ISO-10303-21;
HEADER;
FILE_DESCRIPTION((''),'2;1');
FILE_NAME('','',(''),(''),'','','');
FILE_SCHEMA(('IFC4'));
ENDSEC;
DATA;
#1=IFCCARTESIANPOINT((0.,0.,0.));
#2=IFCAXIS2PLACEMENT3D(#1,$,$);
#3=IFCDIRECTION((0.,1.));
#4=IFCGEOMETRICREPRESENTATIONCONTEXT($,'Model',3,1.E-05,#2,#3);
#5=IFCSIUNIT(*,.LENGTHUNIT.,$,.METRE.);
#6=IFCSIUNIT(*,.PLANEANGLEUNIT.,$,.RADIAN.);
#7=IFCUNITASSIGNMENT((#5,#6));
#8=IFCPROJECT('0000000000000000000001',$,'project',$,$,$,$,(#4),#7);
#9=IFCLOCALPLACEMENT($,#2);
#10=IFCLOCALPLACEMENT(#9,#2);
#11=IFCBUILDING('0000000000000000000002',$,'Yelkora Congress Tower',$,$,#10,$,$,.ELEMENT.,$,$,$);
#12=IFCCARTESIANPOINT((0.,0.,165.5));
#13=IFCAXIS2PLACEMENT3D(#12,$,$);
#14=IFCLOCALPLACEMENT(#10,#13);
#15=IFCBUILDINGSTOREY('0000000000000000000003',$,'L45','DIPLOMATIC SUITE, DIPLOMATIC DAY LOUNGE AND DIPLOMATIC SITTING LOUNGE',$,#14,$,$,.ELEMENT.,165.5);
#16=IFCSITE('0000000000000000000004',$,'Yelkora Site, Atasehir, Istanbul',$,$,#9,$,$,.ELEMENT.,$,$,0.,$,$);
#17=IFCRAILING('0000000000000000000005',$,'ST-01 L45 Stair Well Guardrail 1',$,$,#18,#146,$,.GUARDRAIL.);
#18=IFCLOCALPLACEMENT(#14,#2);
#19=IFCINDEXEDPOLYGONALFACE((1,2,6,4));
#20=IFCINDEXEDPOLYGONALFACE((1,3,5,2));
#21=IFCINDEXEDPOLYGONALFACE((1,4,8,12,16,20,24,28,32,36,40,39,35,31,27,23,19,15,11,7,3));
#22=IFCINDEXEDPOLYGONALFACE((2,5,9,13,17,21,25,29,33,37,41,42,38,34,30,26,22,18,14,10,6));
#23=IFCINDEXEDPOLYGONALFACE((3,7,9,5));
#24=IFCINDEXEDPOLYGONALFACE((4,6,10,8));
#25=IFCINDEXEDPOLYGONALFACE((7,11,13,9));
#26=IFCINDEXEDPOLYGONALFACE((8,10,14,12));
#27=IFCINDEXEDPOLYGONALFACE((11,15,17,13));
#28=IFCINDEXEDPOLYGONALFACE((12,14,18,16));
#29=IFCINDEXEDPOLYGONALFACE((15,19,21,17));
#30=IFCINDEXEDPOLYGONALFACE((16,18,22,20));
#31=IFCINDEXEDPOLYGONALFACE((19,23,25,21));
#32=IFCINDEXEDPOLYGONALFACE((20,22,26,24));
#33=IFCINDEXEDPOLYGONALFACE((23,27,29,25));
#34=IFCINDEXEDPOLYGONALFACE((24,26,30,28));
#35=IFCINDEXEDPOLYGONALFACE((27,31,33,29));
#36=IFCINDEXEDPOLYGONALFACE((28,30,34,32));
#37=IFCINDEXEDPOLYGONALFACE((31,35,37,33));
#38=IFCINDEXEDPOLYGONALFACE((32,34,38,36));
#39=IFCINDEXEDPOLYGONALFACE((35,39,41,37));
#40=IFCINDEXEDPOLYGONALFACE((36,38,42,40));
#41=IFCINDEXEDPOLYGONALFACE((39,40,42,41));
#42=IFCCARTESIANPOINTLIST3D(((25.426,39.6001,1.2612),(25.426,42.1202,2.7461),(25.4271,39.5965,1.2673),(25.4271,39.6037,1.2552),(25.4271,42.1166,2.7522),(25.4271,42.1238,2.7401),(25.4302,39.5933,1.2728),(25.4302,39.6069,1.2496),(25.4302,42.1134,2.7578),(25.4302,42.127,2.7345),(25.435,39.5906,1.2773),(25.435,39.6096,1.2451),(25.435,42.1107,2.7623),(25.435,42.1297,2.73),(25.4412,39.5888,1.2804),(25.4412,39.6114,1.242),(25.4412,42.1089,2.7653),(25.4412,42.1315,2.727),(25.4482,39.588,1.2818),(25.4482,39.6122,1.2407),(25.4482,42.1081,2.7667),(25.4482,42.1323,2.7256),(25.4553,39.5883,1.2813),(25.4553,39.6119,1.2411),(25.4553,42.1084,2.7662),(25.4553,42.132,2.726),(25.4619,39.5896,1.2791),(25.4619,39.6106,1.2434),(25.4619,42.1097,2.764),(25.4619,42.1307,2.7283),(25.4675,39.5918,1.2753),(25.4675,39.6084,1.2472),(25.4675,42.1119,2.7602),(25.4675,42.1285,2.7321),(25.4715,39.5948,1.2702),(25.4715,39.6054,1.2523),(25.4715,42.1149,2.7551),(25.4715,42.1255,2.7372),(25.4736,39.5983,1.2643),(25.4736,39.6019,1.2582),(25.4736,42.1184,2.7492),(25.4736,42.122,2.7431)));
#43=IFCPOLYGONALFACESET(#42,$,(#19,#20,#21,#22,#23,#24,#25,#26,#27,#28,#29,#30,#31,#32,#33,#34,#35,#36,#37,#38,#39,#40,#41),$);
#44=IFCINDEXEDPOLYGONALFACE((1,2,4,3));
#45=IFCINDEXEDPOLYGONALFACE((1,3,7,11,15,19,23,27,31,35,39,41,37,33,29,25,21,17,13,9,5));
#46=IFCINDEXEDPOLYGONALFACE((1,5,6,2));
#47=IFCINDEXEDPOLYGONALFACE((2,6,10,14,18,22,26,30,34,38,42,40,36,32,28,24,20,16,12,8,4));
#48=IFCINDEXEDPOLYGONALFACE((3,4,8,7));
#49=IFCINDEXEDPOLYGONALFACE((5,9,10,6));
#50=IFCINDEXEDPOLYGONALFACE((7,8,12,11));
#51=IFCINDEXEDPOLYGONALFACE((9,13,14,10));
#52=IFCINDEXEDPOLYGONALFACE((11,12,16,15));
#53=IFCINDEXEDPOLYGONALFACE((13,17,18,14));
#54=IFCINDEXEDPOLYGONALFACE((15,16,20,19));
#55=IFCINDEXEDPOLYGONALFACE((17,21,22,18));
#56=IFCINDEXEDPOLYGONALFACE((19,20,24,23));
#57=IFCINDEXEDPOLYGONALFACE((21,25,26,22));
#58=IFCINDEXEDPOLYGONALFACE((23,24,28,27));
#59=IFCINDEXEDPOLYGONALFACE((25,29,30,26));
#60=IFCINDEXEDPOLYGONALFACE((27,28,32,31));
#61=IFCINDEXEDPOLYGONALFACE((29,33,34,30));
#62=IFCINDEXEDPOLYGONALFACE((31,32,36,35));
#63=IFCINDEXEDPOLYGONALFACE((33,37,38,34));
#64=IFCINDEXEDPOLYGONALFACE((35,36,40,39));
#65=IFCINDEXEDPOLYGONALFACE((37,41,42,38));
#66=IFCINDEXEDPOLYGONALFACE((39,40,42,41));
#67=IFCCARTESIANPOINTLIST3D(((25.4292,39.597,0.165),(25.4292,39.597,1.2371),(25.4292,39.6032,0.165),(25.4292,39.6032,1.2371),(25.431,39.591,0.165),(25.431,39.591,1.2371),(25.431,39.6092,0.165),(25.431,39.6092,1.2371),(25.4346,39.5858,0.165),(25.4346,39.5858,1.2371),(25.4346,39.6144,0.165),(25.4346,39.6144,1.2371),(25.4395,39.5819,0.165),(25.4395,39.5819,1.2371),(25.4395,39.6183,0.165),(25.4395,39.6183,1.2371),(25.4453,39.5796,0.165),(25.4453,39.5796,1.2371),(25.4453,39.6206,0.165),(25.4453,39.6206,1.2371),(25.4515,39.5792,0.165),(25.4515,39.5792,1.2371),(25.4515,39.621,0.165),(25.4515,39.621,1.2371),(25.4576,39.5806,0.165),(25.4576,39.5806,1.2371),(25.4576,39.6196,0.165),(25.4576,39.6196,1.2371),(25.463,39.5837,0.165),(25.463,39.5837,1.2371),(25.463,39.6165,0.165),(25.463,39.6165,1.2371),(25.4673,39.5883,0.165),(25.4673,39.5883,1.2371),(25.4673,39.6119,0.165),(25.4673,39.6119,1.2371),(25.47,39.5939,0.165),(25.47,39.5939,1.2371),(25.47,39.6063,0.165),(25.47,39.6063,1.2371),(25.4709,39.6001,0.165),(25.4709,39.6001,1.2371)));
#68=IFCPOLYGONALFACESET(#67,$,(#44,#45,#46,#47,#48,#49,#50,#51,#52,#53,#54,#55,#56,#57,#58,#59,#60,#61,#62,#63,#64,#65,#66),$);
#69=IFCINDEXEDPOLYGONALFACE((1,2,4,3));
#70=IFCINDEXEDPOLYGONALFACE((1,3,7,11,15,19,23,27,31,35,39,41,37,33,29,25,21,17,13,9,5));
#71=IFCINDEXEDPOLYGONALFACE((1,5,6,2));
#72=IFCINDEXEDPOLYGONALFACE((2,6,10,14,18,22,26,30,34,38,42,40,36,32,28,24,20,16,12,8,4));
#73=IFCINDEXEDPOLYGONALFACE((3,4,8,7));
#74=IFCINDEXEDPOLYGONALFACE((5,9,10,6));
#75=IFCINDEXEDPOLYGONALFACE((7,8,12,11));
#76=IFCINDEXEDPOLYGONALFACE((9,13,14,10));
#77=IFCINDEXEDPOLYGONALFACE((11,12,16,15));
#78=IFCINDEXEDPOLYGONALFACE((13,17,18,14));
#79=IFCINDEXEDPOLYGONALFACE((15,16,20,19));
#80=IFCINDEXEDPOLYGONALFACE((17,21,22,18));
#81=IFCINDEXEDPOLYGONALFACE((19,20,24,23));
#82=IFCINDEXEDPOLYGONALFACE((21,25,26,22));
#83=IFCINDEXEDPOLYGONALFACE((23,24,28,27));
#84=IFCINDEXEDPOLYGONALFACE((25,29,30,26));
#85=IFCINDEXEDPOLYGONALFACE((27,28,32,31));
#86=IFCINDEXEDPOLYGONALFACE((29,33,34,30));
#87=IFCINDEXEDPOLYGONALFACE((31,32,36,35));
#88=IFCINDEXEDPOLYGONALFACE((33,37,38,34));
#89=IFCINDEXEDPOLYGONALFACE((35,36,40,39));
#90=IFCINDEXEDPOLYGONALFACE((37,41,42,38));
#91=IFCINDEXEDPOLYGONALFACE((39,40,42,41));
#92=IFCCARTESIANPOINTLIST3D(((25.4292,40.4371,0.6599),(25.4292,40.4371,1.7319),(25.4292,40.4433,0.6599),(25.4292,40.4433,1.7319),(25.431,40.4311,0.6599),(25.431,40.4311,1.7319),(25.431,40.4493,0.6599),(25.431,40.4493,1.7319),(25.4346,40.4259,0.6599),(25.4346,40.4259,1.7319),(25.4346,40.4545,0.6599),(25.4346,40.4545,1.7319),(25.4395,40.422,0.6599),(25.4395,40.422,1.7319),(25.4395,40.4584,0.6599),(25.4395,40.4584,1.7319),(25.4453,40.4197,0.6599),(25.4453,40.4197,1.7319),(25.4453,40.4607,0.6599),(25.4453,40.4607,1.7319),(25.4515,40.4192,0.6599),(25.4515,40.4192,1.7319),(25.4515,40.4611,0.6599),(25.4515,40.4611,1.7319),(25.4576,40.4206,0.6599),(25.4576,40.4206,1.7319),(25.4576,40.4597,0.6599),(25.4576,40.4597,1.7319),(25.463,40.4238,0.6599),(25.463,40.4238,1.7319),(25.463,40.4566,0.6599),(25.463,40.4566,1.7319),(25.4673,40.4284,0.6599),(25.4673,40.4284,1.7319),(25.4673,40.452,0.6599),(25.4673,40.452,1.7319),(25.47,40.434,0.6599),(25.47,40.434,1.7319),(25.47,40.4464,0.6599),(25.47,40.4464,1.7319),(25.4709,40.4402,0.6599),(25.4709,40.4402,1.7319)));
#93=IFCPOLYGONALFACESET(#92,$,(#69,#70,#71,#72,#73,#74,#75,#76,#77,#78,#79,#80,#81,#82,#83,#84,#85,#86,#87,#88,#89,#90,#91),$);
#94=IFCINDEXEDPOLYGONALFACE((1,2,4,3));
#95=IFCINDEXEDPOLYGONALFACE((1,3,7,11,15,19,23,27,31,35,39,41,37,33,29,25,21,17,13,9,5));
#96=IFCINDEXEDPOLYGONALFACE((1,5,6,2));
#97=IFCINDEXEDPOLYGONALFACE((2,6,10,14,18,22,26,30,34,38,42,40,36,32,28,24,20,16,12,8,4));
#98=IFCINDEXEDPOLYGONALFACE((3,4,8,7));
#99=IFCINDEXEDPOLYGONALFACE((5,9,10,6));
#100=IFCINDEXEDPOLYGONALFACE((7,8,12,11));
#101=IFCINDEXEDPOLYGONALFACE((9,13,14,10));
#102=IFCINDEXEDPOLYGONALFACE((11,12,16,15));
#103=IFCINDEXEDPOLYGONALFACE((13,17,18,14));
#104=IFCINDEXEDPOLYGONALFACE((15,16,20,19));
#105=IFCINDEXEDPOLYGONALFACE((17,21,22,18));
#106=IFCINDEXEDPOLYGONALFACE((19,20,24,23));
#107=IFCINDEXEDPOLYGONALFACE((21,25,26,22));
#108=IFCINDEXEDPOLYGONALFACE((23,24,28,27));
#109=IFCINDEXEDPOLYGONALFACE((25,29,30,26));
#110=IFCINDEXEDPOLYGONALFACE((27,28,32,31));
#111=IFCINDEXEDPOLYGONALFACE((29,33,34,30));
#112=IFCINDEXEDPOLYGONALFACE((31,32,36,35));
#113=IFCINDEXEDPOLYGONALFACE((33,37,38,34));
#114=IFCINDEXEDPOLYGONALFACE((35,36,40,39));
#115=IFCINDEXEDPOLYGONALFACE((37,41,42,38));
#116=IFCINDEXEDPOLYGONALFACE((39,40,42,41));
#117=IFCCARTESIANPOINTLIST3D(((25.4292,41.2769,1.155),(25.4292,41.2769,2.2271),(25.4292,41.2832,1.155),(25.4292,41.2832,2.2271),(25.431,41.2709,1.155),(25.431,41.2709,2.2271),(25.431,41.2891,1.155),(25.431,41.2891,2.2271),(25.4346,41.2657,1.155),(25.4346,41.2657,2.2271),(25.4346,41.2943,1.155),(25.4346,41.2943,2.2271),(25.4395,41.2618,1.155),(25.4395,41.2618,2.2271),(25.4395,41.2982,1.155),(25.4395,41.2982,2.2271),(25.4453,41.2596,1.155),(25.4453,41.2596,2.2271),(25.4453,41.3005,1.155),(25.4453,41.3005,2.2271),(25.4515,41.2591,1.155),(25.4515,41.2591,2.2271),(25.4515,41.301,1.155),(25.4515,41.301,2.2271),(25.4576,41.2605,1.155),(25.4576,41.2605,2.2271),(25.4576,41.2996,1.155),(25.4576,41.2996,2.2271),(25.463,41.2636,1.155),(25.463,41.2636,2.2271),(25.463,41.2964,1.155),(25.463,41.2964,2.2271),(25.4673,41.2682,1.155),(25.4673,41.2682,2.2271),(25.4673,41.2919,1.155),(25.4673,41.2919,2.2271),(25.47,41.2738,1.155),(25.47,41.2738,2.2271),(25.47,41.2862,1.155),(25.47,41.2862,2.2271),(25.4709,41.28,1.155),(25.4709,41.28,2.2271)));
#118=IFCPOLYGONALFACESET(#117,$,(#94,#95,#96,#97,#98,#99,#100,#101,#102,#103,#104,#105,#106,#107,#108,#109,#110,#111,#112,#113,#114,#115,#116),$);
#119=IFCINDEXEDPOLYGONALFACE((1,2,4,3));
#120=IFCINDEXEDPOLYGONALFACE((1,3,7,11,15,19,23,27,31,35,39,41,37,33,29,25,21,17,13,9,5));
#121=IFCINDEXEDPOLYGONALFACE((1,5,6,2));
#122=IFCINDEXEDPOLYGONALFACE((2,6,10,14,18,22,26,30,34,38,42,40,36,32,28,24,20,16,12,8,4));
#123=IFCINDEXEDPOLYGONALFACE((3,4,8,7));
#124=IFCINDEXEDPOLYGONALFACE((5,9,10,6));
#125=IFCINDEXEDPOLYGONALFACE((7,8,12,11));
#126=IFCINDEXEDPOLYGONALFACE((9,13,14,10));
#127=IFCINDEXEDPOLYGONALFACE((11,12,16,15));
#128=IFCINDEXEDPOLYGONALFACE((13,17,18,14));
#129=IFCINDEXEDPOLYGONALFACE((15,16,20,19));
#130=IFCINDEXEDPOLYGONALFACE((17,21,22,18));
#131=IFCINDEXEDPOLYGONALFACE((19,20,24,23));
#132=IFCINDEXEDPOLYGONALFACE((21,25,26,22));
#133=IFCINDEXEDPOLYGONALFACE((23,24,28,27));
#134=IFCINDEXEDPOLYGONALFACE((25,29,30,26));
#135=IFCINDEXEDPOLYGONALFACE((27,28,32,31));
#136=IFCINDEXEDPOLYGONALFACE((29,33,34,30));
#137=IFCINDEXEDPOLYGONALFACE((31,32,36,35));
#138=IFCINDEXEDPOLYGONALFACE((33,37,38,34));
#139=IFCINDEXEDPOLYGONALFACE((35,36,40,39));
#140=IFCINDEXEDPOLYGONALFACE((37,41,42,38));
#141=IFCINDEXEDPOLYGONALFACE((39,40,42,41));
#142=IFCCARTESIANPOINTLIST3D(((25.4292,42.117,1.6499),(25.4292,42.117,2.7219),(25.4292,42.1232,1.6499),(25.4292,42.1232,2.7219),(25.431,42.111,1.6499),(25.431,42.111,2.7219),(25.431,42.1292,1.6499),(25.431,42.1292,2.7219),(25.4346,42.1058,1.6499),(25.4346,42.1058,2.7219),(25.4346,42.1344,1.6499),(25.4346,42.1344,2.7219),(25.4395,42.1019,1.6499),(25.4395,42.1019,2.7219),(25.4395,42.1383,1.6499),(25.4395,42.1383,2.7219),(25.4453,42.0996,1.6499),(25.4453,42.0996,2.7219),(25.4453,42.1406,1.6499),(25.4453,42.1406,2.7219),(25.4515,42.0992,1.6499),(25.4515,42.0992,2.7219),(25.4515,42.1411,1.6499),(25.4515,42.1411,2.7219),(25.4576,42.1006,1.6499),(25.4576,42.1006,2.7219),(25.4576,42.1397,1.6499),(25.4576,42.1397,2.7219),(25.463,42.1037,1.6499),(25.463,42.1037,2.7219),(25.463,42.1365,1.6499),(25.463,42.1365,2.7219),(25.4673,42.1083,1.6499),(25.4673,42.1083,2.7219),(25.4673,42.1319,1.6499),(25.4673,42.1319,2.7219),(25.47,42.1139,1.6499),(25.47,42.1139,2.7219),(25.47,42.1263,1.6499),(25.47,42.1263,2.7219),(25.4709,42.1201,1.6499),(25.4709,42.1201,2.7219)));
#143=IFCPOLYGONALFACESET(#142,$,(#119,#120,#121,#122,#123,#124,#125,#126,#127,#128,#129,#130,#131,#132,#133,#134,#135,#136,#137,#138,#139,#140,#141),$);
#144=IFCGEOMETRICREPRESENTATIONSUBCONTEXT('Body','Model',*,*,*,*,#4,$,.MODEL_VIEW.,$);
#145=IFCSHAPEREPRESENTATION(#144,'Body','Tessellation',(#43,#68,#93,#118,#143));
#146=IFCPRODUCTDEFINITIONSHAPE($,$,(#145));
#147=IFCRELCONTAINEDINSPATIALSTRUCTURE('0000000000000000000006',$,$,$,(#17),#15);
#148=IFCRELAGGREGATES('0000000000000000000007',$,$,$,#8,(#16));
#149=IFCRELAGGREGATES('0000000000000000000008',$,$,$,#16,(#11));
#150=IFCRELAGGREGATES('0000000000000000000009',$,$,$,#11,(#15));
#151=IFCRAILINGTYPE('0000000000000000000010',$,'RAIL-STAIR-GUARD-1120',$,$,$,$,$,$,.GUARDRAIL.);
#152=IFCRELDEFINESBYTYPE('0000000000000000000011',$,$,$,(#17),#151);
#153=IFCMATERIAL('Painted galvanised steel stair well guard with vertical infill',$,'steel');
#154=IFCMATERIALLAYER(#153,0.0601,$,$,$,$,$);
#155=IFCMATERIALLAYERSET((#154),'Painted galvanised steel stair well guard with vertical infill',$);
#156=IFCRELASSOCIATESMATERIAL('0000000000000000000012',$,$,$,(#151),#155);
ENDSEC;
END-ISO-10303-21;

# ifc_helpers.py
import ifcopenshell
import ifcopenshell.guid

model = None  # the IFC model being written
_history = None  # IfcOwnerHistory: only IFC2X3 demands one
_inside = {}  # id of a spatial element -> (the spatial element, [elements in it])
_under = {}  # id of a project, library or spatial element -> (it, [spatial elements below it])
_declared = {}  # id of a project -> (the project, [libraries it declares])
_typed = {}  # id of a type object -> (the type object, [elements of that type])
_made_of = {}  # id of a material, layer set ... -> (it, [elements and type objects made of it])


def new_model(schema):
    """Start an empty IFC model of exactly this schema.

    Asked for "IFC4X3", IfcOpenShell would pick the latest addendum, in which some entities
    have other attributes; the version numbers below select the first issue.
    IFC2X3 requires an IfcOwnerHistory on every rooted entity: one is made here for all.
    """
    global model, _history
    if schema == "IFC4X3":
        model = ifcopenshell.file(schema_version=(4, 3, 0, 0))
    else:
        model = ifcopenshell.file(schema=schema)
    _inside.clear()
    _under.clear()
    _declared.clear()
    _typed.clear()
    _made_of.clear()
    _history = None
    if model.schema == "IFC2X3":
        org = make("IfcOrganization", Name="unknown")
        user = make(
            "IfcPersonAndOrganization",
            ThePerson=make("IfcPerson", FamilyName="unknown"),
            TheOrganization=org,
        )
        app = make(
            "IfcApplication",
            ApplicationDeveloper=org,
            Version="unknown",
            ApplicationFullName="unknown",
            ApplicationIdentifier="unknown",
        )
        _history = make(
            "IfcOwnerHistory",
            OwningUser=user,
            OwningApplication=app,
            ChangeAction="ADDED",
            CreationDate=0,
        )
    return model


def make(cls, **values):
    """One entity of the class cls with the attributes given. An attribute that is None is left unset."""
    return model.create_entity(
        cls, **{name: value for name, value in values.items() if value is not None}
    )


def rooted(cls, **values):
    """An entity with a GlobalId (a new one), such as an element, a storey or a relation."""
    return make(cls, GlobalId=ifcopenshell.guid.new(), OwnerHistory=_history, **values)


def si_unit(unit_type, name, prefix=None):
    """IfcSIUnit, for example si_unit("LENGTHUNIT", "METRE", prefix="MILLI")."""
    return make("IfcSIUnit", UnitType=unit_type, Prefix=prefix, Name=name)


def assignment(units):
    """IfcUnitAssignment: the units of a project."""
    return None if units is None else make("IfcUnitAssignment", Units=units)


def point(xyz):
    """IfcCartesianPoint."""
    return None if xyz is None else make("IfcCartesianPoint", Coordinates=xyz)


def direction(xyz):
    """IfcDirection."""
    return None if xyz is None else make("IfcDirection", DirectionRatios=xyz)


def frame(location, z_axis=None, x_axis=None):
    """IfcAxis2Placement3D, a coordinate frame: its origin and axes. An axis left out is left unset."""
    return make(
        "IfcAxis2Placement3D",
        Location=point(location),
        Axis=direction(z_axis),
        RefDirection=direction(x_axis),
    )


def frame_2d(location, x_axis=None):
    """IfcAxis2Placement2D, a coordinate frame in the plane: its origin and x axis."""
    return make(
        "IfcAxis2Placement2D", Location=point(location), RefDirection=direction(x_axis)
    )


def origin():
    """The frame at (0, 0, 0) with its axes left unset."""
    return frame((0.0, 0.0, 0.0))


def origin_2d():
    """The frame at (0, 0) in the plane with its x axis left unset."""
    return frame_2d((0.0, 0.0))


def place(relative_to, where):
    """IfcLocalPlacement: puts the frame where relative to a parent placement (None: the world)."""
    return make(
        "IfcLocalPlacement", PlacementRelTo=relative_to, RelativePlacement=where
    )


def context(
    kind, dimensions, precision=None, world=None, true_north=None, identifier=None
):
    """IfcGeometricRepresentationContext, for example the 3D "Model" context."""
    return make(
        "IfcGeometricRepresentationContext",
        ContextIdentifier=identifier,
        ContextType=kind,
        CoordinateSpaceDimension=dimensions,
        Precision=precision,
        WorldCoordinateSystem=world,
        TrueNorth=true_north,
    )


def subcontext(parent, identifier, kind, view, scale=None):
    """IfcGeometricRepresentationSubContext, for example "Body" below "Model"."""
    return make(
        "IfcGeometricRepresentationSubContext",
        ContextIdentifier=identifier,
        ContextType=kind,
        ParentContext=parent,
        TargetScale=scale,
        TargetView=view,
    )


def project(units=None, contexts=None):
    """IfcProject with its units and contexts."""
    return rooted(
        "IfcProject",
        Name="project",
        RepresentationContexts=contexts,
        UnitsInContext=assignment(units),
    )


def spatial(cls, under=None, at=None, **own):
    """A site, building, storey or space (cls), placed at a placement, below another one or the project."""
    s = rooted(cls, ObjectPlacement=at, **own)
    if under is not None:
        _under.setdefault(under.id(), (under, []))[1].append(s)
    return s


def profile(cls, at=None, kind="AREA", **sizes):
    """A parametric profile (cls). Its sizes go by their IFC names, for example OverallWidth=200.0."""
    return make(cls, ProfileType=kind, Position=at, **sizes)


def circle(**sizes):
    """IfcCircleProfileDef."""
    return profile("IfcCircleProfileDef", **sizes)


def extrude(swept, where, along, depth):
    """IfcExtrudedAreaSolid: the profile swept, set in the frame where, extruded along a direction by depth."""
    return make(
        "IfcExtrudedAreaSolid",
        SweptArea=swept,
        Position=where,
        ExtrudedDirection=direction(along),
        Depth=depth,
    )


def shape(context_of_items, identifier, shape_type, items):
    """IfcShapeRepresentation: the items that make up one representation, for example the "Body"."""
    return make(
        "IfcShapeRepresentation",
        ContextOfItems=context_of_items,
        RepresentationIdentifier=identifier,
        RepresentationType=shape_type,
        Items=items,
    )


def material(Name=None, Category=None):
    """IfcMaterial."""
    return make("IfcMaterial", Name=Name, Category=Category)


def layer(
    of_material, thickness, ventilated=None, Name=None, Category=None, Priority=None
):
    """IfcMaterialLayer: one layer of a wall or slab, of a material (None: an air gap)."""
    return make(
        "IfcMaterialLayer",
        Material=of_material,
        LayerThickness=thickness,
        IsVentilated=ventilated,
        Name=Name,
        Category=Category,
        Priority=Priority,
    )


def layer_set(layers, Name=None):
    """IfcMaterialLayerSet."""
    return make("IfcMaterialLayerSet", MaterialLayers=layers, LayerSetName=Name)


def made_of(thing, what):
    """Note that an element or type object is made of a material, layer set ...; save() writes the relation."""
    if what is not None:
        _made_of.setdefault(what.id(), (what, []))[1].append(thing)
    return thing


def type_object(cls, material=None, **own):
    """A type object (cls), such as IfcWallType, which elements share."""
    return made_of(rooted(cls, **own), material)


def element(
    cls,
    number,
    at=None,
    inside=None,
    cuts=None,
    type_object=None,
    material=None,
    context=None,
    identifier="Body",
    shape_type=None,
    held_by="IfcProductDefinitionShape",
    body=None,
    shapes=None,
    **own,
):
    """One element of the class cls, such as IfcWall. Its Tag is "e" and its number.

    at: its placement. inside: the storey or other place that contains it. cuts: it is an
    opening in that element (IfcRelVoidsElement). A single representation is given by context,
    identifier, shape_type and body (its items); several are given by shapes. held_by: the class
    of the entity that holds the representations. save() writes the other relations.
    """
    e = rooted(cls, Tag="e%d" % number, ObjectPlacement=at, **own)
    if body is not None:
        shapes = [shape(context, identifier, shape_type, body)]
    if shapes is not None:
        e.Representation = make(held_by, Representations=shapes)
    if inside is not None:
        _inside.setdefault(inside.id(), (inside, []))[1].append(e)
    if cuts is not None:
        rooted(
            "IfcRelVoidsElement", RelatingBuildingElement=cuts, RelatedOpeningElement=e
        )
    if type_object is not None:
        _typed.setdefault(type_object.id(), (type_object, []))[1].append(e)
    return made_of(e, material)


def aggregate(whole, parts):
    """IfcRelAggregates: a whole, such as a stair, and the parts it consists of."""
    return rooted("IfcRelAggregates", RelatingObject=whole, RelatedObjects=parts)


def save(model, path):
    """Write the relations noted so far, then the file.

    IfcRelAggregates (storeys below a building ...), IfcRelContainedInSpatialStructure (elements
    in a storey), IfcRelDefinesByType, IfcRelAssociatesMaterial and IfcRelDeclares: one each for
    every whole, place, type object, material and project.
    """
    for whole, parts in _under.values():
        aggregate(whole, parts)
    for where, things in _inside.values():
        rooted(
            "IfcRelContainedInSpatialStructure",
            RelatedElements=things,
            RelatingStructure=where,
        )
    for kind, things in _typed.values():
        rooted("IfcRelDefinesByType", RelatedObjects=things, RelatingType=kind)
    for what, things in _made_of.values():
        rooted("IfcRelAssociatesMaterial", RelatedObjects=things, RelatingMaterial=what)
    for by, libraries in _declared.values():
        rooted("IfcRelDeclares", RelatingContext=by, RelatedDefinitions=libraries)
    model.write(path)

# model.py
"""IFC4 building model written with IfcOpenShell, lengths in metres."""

from ifc_helpers import new_model, si_unit, direction, frame, origin, origin_2d, place, context, subcontext, project, spatial, circle, extrude, material, layer, layer_set, type_object, element, save


model = new_model("IFC4")

# Units and contexts
model_context = context("Model", 3, precision=1e-05, world=origin(), true_north=direction((0.0, 1.0)))
body_context = subcontext(model_context, "Body", "Model", "MODEL_VIEW")
ifc_project = project(units=[si_unit("LENGTHUNIT", "METRE"), si_unit("PLANEANGLEUNIT", "RADIAN")], contexts=[model_context])

# Site, building, storey
site_placement = place(None, origin())
site = spatial("IfcSite", under=ifc_project, at=site_placement, Name="Yelkora Site, Atasehir, Istanbul", CompositionType="ELEMENT", RefElevation=0.0)
building_placement = place(site_placement, origin())
building = spatial("IfcBuilding", under=site, at=building_placement, Name="Yelkora Congress Tower", CompositionType="ELEMENT")
storey_placement = place(building_placement, frame((0.0, 0.0, 165.5)))
storey = spatial("IfcBuildingStorey", under=building, at=storey_placement, Name="L45", Description="DIPLOMATIC SUITE, DIPLOMATIC DAY LOUNGE AND DIPLOMATIC SITTING LOUNGE", CompositionType="ELEMENT", Elevation=165.5)

# Railing
ifc_material_1 = material(Name="Painted galvanised steel stair well guard with vertical infill", Category="steel")
ifc_layer_1 = layer(ifc_material_1, 0.0601)
ifc_layer_set_1 = layer_set([ifc_layer_1], Name="Painted galvanised steel stair well guard with vertical infill")
railing_type_1 = type_object("IfcRailingType", Name="RAIL-STAIR-GUARD-1120", PredefinedType="GUARDRAIL", material=ifc_layer_set_1)
railing_1_placement = place(storey_placement, frame((25.45, 39.6001, 0.165)))
element("IfcRailing", 1, at=railing_1_placement, inside=storey, type_object=railing_type_1, Name="ST-01 L45 Stair Well Guardrail 1", PredefinedType="GUARDRAIL", context=body_context, shape_type="SweptSolid", body=[
    extrude(circle(Radius=0.0239, at=origin_2d()), frame((0.0, 0.0, 1.0962), z_axis=(0.0, 0.861561, 0.507655), x_axis=(-1.0, 0.0, 0.0)), (0.0, 0.0, 1.0), 2.925),
    extrude(circle(Radius=0.021, at=origin_2d()), origin(), (0.0, 0.0, 1.0), 1.072),
    extrude(circle(Radius=0.021, at=origin_2d()), frame((0.0, 0.8401, 0.4949)), (0.0, 0.0, 1.0), 1.072),
    extrude(circle(Radius=0.021, at=origin_2d()), frame((0.0, 1.6799, 0.99)), (0.0, 0.0, 1.0), 1.072),
    extrude(circle(Radius=0.021, at=origin_2d()), frame((0.0, 2.52, 1.4849)), (0.0, 0.0, 1.0), 1.072),
])

save(model, "model.ifc")
